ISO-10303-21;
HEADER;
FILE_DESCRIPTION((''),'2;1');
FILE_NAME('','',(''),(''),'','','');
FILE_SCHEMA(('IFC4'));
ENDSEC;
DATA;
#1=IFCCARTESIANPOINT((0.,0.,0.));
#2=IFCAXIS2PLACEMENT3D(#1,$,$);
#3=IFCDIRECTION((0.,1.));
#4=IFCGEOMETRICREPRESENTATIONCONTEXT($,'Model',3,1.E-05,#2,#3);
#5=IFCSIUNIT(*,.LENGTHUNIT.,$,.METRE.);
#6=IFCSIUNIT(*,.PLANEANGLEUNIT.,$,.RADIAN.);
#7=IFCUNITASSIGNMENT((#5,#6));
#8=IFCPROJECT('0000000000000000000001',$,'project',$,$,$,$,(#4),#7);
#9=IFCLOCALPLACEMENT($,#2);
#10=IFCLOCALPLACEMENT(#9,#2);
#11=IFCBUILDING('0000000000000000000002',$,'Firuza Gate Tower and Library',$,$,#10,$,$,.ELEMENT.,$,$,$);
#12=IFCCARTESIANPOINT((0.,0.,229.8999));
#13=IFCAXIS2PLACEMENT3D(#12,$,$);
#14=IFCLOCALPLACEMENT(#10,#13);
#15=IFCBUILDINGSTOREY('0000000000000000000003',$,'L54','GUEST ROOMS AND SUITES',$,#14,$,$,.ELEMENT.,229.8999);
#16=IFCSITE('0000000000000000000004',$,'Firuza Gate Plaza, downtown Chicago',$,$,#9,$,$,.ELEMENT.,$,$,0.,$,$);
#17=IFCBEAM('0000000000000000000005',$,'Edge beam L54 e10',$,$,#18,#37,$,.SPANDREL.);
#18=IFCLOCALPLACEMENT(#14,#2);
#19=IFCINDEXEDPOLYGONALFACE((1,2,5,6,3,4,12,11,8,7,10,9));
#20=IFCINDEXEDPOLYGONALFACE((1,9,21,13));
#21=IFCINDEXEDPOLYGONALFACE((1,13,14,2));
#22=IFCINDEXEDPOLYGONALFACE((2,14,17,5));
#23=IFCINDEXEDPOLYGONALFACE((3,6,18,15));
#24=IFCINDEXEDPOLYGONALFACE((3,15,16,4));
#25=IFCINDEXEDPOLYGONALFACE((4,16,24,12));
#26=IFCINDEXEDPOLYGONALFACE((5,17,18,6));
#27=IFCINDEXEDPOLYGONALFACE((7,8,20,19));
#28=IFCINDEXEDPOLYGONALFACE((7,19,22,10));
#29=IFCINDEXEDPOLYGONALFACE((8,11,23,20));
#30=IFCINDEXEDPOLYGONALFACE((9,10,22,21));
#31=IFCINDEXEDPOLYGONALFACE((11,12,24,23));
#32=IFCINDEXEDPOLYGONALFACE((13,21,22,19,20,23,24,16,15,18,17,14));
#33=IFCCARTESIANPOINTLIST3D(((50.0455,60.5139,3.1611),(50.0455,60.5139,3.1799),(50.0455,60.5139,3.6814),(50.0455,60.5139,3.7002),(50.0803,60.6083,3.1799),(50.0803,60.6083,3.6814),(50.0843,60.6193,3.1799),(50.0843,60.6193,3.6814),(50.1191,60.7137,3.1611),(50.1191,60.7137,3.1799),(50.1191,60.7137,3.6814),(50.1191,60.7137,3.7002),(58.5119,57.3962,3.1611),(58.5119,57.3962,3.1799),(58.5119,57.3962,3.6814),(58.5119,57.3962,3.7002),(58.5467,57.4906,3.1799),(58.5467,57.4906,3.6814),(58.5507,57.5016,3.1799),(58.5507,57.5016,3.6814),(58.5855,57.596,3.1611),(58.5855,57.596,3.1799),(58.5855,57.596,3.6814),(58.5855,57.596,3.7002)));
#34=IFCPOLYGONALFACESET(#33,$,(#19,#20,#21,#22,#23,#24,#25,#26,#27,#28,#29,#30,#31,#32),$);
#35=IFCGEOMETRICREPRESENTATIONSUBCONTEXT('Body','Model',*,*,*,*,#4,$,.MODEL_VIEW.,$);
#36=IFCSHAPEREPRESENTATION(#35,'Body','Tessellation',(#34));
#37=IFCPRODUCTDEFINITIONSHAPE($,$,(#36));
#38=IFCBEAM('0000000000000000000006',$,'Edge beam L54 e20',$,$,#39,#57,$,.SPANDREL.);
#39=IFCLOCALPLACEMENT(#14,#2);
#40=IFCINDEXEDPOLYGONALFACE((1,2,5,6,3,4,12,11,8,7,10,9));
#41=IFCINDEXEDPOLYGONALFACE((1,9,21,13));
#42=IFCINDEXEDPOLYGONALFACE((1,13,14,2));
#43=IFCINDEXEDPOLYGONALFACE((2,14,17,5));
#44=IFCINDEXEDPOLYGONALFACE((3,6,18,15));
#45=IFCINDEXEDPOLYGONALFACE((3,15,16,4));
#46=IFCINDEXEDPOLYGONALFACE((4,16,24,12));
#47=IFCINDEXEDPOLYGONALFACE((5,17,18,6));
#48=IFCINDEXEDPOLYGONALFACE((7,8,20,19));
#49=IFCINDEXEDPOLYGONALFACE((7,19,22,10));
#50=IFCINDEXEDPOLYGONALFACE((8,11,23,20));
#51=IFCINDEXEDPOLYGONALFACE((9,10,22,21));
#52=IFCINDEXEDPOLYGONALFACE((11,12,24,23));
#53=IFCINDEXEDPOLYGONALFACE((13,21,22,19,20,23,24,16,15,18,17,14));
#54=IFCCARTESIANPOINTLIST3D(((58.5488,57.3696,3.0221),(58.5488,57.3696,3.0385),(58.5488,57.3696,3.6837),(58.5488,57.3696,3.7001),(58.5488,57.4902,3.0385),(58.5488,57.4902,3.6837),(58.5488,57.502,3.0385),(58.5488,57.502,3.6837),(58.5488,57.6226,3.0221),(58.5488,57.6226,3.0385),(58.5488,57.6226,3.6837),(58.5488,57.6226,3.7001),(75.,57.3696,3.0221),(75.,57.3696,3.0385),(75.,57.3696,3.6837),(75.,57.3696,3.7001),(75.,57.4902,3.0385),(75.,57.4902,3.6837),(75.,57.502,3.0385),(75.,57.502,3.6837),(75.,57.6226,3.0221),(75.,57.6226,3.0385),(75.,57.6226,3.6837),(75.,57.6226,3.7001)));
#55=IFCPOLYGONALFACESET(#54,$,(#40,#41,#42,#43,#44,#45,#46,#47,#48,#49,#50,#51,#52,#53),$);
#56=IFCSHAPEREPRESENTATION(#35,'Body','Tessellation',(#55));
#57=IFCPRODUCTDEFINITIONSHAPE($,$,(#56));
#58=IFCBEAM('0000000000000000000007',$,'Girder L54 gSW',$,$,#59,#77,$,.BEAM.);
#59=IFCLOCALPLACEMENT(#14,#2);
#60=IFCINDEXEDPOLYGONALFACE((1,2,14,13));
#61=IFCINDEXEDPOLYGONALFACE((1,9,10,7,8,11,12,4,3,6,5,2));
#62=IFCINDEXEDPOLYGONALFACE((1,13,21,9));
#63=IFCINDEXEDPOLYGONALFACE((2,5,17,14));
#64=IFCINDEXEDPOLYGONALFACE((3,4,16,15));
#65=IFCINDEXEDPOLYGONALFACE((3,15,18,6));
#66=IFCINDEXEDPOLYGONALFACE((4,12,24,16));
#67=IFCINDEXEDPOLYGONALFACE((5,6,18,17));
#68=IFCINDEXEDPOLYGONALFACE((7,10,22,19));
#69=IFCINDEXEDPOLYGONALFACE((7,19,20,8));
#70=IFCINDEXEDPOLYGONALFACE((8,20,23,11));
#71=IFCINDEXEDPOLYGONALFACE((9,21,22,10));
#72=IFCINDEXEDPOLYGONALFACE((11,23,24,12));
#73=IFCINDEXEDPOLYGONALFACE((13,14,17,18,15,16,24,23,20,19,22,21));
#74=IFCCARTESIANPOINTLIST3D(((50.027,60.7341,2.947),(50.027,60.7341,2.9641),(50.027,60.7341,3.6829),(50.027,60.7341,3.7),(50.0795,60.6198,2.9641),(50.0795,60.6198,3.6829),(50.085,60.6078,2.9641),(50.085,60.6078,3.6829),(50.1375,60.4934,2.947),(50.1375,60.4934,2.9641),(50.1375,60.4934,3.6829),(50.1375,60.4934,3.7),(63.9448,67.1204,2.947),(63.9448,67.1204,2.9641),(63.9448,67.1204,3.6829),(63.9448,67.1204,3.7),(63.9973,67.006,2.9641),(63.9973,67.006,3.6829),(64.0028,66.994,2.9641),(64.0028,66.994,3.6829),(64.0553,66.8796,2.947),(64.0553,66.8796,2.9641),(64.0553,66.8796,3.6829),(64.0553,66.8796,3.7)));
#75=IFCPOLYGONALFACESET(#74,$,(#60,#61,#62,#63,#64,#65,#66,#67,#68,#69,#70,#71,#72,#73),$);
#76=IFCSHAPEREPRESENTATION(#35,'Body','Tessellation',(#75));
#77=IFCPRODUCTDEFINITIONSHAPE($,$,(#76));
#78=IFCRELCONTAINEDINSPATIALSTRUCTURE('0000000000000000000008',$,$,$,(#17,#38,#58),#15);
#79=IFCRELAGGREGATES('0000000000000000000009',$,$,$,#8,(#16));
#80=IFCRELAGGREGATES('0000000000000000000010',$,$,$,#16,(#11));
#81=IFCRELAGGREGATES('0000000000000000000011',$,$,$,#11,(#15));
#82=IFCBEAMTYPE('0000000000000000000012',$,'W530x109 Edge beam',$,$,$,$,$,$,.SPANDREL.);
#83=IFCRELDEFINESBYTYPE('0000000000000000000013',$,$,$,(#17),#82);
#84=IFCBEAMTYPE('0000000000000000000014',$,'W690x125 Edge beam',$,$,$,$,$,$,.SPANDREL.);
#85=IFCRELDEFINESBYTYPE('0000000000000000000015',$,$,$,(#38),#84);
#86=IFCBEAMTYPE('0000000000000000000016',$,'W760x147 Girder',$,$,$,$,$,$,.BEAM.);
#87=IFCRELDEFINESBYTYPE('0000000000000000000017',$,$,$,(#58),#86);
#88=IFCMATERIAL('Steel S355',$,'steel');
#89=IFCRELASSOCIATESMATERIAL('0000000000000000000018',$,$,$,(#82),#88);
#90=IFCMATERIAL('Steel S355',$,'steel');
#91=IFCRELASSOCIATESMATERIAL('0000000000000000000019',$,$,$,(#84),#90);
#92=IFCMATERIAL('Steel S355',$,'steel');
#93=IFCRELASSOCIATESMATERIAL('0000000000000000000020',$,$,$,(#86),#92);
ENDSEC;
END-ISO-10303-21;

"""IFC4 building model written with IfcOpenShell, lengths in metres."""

from ifc_helpers import new_model, si_unit, direction, frame, origin, origin_2d, place, context, subcontext, project, spatial, i_section, extrude, material, material_profile, profile_set, type_object, element, save


model = new_model("IFC4")

# Units and contexts
model_context = context("Model", 3, precision=1e-05, world=origin(), true_north=direction((0.0, 1.0)))
body_context = subcontext(model_context, "Body", "Model", "MODEL_VIEW")
ifc_project = project(units=[si_unit("LENGTHUNIT", "METRE"), si_unit("PLANEANGLEUNIT", "RADIAN")], contexts=[model_context])

# Site, building, storey
site_placement = place(None, origin())
site = spatial("IfcSite", under=ifc_project, at=site_placement, Name="Firuza Gate Plaza, downtown Chicago", CompositionType="ELEMENT", RefElevation=0.0)
building_placement = place(site_placement, origin())
building = spatial("IfcBuilding", under=site, at=building_placement, Name="Firuza Gate Tower and Library", CompositionType="ELEMENT")
storey_placement = place(building_placement, frame((0.0, 0.0, 229.8999)))
storey = spatial("IfcBuildingStorey", under=building, at=storey_placement, Name="L54", Description="GUEST ROOMS AND SUITES", CompositionType="ELEMENT", Elevation=229.8999)

# Beams
ifc_material_1 = material(Name="Steel S355", Category="steel")
ifc_material_profile_1 = material_profile(ifc_material_1, i_section(OverallWidth=0.2129, OverallDepth=0.5391, WebThickness=0.0117, FlangeThickness=0.0188, at=origin_2d()))
ifc_profile_set_1 = profile_set([ifc_material_profile_1], Name="Steel S355")
beam_type_1 = type_object("IfcBeamType", Name="W530x109 Edge beam", PredefinedType="SPANDREL", material=ifc_profile_set_1)
beam_1_placement = place(storey_placement, frame((50.0823, 60.6138, 3.4307), z_axis=(0.9384, -0.345551, 0.0), x_axis=(0.345551, 0.9384, 0.0)))
element("IfcBeam", 1, at=beam_1_placement, inside=storey, type_object=beam_type_1, Name="Edge beam L54 e10", PredefinedType="SPANDREL", context=body_context, shape_type="SweptSolid", body=[
    extrude(i_section(OverallWidth=0.2129, OverallDepth=0.5391, WebThickness=0.0117, FlangeThickness=0.0188, at=origin_2d()), origin(), (0.0, 0.0, 1.0), 9.0222),
])
ifc_material_2 = material(Name="Steel S355", Category="steel")
ifc_material_profile_2 = material_profile(ifc_material_2, i_section(OverallWidth=0.2529, OverallDepth=0.678, WebThickness=0.0117, FlangeThickness=0.0164, at=origin_2d()))
ifc_profile_set_2 = profile_set([ifc_material_profile_2], Name="Steel S355")
beam_type_2 = type_object("IfcBeamType", Name="W690x125 Edge beam", PredefinedType="SPANDREL", material=ifc_profile_set_2)
beam_2_placement = place(storey_placement, frame((58.5488, 57.4961, 3.3611), z_axis=(1.0, 0.0, 0.0), x_axis=(0.0, 1.0, 0.0)))
element("IfcBeam", 2, at=beam_2_placement, inside=storey, type_object=beam_type_2, Name="Edge beam L54 e20", PredefinedType="SPANDREL", context=body_context, shape_type="SweptSolid", body=[
    extrude(i_section(OverallWidth=0.2529, OverallDepth=0.678, WebThickness=0.0117, FlangeThickness=0.0164, at=origin_2d()), origin(), (0.0, 0.0, 1.0), 16.4512),
])
ifc_material_3 = material(Name="Steel S355", Category="steel")
ifc_material_profile_3 = material_profile(ifc_material_3, i_section(OverallWidth=0.2649, OverallDepth=0.7529, WebThickness=0.0132, FlangeThickness=0.0171, at=origin_2d()))
ifc_profile_set_3 = profile_set([ifc_material_profile_3], Name="Steel S355")
beam_type_3 = type_object("IfcBeamType", Name="W760x147 Girder", PredefinedType="BEAM", material=ifc_profile_set_3)
beam_3_placement = place(storey_placement, frame((50.0823, 60.6138, 3.3235), z_axis=(0.908885, 0.417047, 0.0), x_axis=(-0.417047, 0.908885, 0.0)))
element("IfcBeam", 3, at=beam_3_placement, inside=storey, type_object=beam_type_3, Name="Girder L54 gSW", PredefinedType="BEAM", context=body_context, shape_type="SweptSolid", body=[
    extrude(i_section(OverallWidth=0.2649, OverallDepth=0.7529, WebThickness=0.0132, FlangeThickness=0.0171, at=origin_2d()), origin(), (0.0, 0.0, 1.0), 15.313),
])

save(model, "model.ifc")
